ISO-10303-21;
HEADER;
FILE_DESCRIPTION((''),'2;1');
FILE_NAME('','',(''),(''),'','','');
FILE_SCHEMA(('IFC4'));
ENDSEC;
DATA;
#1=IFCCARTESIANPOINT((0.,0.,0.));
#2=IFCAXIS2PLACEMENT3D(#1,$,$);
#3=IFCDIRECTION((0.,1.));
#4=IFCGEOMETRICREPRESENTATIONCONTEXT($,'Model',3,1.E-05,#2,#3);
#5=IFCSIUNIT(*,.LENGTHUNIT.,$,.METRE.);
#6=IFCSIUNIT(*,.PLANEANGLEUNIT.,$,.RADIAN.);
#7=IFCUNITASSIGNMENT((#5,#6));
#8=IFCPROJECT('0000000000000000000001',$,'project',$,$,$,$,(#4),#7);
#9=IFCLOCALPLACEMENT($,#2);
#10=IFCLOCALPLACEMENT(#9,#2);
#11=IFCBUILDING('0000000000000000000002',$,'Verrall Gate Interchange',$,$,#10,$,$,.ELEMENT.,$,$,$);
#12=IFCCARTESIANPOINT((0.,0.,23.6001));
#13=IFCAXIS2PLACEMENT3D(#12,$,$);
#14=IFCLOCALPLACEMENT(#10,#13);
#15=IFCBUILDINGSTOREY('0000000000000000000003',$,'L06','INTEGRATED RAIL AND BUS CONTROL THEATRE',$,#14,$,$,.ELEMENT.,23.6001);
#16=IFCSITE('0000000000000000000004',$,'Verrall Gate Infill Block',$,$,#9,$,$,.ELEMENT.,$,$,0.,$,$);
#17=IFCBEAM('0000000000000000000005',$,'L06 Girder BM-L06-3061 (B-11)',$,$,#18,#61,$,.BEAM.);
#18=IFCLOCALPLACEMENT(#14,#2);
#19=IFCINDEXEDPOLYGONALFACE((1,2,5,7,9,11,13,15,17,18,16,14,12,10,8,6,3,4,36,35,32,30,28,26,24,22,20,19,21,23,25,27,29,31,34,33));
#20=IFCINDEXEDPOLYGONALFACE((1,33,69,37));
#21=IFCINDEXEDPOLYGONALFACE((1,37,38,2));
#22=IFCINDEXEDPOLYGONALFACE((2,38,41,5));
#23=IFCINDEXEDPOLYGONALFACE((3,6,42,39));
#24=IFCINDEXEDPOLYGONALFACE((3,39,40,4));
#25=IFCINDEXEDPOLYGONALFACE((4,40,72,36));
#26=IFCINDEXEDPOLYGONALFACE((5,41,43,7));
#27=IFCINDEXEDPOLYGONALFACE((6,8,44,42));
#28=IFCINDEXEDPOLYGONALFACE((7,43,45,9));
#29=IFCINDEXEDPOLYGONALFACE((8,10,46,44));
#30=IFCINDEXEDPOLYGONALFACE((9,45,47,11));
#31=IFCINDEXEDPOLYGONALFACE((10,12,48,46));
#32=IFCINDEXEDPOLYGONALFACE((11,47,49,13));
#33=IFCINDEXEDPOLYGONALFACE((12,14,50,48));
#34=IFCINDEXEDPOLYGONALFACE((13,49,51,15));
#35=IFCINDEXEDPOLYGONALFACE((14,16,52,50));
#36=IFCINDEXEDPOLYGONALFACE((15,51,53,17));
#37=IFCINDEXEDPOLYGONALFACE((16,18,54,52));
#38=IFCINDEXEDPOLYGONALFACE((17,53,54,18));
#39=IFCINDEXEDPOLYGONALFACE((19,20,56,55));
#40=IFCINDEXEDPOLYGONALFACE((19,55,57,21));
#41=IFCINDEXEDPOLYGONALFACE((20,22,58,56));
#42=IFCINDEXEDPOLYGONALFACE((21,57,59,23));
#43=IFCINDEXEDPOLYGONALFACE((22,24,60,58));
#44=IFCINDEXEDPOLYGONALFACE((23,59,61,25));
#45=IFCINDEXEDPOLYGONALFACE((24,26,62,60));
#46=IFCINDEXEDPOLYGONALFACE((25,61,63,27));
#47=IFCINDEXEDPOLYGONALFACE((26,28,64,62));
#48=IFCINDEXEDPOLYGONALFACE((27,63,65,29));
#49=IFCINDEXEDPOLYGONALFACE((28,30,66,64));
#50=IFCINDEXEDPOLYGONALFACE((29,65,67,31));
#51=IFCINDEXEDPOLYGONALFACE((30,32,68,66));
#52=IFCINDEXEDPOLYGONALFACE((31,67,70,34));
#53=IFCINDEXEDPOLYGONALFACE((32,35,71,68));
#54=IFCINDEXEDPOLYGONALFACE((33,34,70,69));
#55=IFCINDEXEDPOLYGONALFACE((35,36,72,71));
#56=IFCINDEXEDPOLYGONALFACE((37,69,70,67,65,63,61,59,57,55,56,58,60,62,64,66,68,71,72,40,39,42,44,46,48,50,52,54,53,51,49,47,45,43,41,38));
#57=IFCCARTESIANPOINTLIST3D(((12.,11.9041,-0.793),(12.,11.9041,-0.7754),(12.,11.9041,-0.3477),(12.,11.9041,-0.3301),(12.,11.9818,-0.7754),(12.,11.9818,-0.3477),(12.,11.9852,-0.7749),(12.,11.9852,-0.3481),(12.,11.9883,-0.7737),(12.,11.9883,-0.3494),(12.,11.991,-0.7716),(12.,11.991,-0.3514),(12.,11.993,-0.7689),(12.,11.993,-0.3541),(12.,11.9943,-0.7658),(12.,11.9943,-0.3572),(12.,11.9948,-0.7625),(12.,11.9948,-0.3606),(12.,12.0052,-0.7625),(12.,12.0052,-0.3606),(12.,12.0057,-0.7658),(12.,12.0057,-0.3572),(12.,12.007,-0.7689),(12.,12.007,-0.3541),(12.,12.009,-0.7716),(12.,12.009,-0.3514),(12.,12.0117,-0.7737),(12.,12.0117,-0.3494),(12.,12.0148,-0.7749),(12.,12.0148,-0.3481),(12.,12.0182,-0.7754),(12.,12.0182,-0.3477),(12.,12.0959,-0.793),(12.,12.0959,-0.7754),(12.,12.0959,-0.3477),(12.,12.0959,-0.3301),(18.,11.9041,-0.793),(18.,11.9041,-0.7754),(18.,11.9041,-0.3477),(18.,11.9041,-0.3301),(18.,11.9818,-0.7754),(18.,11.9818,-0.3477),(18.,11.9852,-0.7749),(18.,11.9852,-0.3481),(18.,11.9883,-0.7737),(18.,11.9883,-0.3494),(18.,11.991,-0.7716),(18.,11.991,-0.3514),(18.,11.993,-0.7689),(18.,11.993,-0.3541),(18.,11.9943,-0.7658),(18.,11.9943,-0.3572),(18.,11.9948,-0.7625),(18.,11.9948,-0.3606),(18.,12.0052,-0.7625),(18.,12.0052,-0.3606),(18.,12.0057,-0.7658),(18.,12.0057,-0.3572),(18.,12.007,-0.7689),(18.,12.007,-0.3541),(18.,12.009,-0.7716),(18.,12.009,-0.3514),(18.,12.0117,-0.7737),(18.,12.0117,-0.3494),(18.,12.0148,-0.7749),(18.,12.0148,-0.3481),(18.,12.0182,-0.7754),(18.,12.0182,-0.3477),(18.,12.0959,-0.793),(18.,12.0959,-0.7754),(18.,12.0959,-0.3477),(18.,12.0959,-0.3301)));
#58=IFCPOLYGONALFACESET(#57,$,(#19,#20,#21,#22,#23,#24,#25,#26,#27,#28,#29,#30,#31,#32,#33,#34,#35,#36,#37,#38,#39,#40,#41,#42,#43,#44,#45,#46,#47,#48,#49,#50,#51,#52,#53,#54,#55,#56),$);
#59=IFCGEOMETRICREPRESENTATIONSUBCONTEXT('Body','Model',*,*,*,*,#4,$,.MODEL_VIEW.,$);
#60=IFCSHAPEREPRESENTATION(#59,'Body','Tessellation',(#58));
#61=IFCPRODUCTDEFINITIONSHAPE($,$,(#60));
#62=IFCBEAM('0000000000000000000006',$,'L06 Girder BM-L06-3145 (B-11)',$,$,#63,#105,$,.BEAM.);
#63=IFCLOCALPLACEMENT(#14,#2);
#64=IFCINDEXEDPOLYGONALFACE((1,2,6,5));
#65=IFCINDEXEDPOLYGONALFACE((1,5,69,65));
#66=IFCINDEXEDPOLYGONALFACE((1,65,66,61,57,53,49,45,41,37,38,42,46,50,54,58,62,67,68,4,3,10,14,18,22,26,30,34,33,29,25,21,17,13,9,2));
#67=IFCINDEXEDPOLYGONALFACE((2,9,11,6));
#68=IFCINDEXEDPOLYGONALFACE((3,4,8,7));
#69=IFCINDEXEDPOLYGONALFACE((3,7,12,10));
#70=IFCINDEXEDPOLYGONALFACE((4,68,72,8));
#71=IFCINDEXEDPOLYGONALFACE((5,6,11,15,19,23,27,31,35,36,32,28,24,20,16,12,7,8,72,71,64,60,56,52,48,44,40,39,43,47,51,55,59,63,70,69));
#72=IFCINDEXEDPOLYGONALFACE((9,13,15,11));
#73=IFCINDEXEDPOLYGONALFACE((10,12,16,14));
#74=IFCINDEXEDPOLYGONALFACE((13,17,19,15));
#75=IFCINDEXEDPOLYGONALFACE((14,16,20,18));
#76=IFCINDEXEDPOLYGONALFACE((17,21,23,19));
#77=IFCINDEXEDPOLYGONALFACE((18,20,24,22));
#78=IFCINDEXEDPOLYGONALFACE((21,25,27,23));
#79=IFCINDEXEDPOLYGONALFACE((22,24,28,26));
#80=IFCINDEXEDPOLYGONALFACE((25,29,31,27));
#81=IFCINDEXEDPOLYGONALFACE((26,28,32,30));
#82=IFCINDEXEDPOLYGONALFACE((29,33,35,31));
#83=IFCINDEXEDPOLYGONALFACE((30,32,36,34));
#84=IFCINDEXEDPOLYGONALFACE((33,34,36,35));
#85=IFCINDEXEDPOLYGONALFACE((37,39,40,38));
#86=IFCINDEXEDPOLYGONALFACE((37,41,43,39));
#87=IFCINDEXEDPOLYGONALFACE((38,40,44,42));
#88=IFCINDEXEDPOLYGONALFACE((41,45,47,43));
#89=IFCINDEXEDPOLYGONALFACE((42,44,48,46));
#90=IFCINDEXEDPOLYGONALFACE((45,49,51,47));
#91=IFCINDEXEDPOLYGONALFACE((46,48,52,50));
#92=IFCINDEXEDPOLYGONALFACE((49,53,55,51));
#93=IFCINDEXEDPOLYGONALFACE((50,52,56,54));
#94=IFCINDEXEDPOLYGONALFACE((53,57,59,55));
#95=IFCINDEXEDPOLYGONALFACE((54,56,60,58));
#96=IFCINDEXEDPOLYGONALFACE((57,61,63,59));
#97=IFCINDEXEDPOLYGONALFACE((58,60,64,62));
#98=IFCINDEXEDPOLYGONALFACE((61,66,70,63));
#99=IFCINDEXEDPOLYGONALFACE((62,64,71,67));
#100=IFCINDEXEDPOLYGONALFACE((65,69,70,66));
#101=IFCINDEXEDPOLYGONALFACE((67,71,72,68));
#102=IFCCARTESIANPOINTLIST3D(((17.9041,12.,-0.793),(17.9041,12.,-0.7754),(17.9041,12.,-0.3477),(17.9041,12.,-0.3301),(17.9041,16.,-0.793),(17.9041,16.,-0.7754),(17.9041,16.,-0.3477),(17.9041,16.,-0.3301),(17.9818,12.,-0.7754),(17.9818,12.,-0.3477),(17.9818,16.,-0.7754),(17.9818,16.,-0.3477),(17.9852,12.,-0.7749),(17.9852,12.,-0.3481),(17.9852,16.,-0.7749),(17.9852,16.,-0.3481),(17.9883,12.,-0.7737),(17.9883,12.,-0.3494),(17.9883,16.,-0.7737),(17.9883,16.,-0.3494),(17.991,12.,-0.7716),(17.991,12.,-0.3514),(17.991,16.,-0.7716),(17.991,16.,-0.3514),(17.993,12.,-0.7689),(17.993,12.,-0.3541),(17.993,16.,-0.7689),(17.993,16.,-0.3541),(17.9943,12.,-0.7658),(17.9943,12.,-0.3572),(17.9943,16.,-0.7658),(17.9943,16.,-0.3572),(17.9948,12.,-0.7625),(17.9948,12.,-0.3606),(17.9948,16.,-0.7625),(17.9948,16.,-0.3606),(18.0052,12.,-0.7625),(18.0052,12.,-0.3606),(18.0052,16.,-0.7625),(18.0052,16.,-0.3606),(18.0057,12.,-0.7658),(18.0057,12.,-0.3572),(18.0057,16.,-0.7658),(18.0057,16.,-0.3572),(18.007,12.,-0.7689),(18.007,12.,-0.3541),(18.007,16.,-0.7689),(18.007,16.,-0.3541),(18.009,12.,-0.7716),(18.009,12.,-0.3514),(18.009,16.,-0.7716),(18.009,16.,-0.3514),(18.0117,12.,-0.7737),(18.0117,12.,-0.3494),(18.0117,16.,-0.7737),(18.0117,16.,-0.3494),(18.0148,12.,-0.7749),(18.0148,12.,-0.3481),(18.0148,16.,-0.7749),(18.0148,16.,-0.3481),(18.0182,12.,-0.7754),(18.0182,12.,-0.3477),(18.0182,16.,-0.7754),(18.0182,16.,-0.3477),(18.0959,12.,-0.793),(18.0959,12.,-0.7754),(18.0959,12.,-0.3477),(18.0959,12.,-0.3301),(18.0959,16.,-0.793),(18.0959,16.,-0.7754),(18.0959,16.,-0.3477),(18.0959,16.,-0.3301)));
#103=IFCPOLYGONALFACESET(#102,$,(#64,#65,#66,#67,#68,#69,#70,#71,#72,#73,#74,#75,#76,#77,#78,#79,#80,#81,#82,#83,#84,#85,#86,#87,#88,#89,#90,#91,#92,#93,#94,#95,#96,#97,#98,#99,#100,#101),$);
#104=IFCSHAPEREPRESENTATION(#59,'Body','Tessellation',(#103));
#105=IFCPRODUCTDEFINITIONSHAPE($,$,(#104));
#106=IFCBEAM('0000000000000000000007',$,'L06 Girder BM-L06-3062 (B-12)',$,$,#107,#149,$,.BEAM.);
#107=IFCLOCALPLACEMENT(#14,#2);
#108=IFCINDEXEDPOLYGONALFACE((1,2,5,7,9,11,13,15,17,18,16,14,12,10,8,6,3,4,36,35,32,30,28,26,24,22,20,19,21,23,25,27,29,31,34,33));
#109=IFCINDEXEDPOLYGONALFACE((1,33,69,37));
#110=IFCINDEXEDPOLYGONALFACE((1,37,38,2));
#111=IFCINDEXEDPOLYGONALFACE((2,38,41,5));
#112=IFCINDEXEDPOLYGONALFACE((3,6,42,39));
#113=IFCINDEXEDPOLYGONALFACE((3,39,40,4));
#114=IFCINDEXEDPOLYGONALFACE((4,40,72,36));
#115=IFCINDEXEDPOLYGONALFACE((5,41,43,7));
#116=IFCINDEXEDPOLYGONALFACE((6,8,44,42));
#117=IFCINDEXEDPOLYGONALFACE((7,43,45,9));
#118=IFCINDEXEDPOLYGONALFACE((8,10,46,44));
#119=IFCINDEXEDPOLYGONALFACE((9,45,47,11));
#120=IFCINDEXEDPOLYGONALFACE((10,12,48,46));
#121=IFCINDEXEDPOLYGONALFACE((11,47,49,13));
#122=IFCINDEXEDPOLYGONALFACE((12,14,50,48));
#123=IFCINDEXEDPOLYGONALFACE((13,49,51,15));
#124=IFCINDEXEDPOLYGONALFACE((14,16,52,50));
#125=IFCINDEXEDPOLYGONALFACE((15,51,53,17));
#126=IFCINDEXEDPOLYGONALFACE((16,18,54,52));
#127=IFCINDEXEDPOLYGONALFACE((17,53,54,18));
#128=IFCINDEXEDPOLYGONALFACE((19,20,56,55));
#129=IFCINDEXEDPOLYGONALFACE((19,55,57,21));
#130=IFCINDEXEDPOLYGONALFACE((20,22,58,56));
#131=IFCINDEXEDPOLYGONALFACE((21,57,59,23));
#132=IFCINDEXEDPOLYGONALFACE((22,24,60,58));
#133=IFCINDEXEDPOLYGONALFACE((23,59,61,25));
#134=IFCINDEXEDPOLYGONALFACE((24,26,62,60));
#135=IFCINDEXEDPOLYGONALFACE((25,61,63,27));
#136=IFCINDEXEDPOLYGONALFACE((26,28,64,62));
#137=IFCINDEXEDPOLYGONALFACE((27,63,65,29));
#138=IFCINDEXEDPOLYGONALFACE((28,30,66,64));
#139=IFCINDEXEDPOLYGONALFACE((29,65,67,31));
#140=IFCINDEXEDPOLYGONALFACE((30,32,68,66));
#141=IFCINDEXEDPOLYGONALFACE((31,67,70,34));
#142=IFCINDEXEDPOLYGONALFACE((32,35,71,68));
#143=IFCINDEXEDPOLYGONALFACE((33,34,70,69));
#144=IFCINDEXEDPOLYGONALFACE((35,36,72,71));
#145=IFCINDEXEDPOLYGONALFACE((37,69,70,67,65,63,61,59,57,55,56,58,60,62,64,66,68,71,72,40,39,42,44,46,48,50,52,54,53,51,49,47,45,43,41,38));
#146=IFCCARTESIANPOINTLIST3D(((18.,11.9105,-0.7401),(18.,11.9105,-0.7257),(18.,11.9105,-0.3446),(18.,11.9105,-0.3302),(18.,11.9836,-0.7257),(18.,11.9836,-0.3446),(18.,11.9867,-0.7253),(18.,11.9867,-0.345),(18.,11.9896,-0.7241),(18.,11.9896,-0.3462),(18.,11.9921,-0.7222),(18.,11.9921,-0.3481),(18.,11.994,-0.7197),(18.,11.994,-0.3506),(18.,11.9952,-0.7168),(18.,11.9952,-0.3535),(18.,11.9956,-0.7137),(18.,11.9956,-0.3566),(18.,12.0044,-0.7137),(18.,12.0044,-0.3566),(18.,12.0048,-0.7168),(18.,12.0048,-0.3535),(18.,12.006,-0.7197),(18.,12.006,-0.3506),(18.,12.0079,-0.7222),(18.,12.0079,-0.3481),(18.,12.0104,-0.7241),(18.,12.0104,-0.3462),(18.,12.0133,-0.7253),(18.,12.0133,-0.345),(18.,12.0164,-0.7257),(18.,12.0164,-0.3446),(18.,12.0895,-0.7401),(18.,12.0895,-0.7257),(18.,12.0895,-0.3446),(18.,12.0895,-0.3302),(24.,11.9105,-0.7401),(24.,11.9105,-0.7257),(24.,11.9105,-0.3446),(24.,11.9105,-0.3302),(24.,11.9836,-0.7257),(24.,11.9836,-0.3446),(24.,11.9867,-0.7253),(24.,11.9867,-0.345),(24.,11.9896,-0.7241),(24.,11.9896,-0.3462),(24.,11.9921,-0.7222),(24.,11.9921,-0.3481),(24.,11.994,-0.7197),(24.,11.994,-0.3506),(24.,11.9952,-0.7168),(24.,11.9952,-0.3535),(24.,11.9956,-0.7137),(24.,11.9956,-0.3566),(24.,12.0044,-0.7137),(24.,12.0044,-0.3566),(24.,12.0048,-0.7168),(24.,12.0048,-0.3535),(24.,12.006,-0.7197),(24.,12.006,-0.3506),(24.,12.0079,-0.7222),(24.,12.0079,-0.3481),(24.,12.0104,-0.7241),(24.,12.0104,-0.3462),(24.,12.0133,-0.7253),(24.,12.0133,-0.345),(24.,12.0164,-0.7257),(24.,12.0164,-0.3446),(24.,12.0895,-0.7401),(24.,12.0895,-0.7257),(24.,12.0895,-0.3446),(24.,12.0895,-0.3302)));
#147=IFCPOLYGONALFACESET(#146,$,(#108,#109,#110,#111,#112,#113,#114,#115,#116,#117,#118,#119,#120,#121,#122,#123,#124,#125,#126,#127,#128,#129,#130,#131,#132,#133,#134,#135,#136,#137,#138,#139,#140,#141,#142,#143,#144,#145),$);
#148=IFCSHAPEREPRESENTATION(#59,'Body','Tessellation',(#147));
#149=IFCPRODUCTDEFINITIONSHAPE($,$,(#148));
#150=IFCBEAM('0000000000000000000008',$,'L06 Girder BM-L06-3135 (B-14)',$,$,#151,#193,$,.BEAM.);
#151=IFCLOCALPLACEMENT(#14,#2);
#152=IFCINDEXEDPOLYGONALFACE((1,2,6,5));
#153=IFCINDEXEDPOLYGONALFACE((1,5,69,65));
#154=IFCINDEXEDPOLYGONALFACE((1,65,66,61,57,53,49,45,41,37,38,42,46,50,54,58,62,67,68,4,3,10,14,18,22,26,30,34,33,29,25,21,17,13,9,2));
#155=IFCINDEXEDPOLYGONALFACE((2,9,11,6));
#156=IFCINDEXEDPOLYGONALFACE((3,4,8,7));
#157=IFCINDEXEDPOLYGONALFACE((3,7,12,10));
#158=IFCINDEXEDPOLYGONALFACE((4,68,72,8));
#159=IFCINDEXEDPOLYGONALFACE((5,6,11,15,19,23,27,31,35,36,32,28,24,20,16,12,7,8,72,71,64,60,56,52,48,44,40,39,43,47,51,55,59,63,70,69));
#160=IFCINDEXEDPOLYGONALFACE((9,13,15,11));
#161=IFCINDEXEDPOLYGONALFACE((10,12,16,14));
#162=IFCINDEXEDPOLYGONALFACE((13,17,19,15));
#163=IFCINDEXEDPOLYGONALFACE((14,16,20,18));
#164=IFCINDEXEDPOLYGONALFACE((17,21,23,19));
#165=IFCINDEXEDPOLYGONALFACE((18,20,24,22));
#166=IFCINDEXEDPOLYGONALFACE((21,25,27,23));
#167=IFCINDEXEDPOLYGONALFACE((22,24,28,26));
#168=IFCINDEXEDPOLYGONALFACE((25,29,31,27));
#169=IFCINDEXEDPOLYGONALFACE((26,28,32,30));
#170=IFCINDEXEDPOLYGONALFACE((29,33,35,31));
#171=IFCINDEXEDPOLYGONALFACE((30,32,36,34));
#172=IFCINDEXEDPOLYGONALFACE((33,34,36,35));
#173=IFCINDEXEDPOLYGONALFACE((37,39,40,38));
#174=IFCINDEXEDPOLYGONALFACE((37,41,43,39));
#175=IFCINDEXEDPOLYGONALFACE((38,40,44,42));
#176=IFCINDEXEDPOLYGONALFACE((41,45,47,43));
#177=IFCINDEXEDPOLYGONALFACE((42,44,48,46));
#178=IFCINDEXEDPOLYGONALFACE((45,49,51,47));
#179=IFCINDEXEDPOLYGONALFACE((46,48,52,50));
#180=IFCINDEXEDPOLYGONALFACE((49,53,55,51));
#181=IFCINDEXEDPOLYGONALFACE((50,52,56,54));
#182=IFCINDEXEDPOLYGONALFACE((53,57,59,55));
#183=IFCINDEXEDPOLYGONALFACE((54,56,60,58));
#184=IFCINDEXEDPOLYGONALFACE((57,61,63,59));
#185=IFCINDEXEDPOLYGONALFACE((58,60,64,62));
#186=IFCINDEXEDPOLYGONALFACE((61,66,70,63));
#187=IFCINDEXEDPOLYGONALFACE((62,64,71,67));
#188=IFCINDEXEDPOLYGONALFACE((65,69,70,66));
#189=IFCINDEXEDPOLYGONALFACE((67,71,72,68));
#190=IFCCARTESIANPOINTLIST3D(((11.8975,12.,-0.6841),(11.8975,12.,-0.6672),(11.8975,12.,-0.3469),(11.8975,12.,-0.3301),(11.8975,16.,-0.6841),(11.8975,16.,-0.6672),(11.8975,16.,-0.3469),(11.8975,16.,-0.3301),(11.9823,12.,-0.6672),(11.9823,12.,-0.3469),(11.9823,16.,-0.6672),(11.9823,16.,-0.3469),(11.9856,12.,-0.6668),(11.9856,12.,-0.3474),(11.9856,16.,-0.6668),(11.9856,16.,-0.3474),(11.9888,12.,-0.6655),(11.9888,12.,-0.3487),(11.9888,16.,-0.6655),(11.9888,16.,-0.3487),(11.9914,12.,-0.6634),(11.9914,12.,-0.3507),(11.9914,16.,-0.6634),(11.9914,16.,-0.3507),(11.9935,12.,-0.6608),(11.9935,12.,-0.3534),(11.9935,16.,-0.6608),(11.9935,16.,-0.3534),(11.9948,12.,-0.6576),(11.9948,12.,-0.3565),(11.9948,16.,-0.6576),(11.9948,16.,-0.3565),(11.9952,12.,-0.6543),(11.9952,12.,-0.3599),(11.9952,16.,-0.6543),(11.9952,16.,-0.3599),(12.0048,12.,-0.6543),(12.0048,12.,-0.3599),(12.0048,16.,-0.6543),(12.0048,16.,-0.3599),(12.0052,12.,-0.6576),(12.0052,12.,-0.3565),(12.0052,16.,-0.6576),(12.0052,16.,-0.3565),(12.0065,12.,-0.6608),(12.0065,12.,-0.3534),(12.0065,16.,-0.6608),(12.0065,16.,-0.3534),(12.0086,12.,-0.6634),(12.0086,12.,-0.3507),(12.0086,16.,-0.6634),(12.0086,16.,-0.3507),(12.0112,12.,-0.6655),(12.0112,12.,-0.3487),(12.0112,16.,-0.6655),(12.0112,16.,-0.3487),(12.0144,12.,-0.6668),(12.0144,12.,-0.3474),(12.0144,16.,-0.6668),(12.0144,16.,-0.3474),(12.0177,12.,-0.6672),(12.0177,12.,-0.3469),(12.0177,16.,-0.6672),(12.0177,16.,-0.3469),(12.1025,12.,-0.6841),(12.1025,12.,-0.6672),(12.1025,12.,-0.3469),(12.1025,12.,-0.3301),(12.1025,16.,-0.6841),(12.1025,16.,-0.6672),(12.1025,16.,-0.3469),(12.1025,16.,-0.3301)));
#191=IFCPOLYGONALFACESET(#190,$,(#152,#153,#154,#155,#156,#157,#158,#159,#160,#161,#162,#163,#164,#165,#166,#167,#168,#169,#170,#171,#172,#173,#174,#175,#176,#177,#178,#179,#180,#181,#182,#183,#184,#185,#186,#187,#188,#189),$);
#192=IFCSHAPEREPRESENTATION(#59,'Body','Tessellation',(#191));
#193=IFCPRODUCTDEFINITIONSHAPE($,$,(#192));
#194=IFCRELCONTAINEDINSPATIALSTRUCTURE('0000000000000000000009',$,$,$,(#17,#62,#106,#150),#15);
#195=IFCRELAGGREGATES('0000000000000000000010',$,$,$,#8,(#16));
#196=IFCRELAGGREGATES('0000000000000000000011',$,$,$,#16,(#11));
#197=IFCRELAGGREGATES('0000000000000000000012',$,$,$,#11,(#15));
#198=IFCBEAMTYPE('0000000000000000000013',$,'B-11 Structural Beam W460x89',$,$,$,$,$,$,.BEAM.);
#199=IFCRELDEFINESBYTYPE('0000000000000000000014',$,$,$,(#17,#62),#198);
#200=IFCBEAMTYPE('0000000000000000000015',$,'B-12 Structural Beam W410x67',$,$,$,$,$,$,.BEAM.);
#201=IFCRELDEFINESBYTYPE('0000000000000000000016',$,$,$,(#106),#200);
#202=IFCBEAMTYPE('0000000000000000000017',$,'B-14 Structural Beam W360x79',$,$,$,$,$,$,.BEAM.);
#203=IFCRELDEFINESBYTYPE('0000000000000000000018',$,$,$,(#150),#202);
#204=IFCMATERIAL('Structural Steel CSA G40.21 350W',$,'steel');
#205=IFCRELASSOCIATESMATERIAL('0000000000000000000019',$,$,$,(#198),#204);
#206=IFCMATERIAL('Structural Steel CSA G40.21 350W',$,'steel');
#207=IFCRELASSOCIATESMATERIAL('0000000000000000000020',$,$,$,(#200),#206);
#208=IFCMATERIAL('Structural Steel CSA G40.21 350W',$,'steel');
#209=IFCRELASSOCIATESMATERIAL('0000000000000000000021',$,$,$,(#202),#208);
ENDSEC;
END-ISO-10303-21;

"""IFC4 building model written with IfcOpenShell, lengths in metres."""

from ifc_helpers import new_model, si_unit, direction, frame, origin, origin_2d, place, context, subcontext, project, spatial, i_section, extrude, material, material_profile, profile_set, type_object, element, save


model = new_model("IFC4")

# Units and contexts
model_context = context("Model", 3, precision=1e-05, world=origin(), true_north=direction((0.0, 1.0)))
body_context = subcontext(model_context, "Body", "Model", "MODEL_VIEW")
ifc_project = project(units=[si_unit("LENGTHUNIT", "METRE"), si_unit("PLANEANGLEUNIT", "RADIAN")], contexts=[model_context])

# Site, building, storey
site_placement = place(None, origin())
site = spatial("IfcSite", under=ifc_project, at=site_placement, Name="Verrall Gate Infill Block", CompositionType="ELEMENT", RefElevation=0.0)
building_placement = place(site_placement, origin())
building = spatial("IfcBuilding", under=site, at=building_placement, Name="Verrall Gate Interchange", CompositionType="ELEMENT")
storey_placement = place(building_placement, frame((0.0, 0.0, 23.6001)))
storey = spatial("IfcBuildingStorey", under=building, at=storey_placement, Name="L06", Description="INTEGRATED RAIL AND BUS CONTROL THEATRE", CompositionType="ELEMENT", Elevation=23.6001)

# Beams
ifc_material_1 = material(Name="Structural Steel CSA G40.21 350W", Category="steel")
ifc_material_profile_1 = material_profile(ifc_material_1, i_section(OverallWidth=0.1919, OverallDepth=0.4629, WebThickness=0.0105, FlangeThickness=0.0176, FilletRadius=0.0129, at=origin_2d()), Name="W460x89")
ifc_profile_set_1 = profile_set([ifc_material_profile_1], Name="Structural Steel CSA G40.21 350W")
beam_type_1 = type_object("IfcBeamType", Name="B-11 Structural Beam W460x89", PredefinedType="BEAM", material=ifc_profile_set_1)
beam_1_placement = place(storey_placement, frame((12.0, 12.0, -0.5615), z_axis=(1.0, 0.0, 0.0), x_axis=(0.0, 1.0, 0.0)))
element("IfcBeam", 1, at=beam_1_placement, inside=storey, type_object=beam_type_1, Name="L06 Girder BM-L06-3061 (B-11)", PredefinedType="BEAM", context=body_context, shape_type="SweptSolid", body=[
    extrude(i_section(OverallWidth=0.1919, OverallDepth=0.4629, WebThickness=0.0105, FlangeThickness=0.0176, FilletRadius=0.0129, at=origin_2d()), origin(), (0.0, 0.0, 1.0), 6.0),
])
beam_2_placement = place(storey_placement, frame((18.0, 12.0, -0.5615), z_axis=(0.0, 1.0, 0.0), x_axis=(-1.0, 0.0, 0.0)))
element("IfcBeam", 2, at=beam_2_placement, inside=storey, type_object=beam_type_1, Name="L06 Girder BM-L06-3145 (B-11)", PredefinedType="BEAM", context=body_context, shape_type="SweptSolid", body=[
    extrude(i_section(OverallWidth=0.1919, OverallDepth=0.4629, WebThickness=0.0105, FlangeThickness=0.0176, FilletRadius=0.0129, at=origin_2d()), origin(), (0.0, 0.0, 1.0), 4.0),
])
ifc_material_2 = material(Name="Structural Steel CSA G40.21 350W", Category="steel")
ifc_material_profile_2 = material_profile(ifc_material_2, i_section(OverallWidth=0.179, OverallDepth=0.4099, WebThickness=0.0088, FlangeThickness=0.0144, FilletRadius=0.012, at=origin_2d()), Name="W410x67")
ifc_profile_set_2 = profile_set([ifc_material_profile_2], Name="Structural Steel CSA G40.21 350W")
beam_type_2 = type_object("IfcBeamType", Name="B-12 Structural Beam W410x67", PredefinedType="BEAM", material=ifc_profile_set_2)
beam_3_placement = place(storey_placement, frame((18.0, 12.0, -0.5352), z_axis=(1.0, 0.0, 0.0), x_axis=(0.0, 1.0, 0.0)))
element("IfcBeam", 3, at=beam_3_placement, inside=storey, type_object=beam_type_2, Name="L06 Girder BM-L06-3062 (B-12)", PredefinedType="BEAM", context=body_context, shape_type="SweptSolid", body=[
    extrude(i_section(OverallWidth=0.179, OverallDepth=0.4099, WebThickness=0.0088, FlangeThickness=0.0144, FilletRadius=0.012, at=origin_2d()), origin(), (0.0, 0.0, 1.0), 6.0),
])
ifc_material_3 = material(Name="Structural Steel CSA G40.21 350W", Category="steel")
ifc_material_profile_3 = material_profile(ifc_material_3, i_section(OverallWidth=0.2051, OverallDepth=0.354, WebThickness=0.0095, FlangeThickness=0.0168, FilletRadius=0.0129, at=origin_2d()), Name="W360x79")
ifc_profile_set_3 = profile_set([ifc_material_profile_3], Name="Structural Steel CSA G40.21 350W")
beam_type_3 = type_object("IfcBeamType", Name="B-14 Structural Beam W360x79", PredefinedType="BEAM", material=ifc_profile_set_3)
beam_4_placement = place(storey_placement, frame((12.0, 12.0, -0.5071), z_axis=(0.0, 1.0, 0.0), x_axis=(-1.0, 0.0, 0.0)))
element("IfcBeam", 4, at=beam_4_placement, inside=storey, type_object=beam_type_3, Name="L06 Girder BM-L06-3135 (B-14)", PredefinedType="BEAM", context=body_context, shape_type="SweptSolid", body=[
    extrude(i_section(OverallWidth=0.2051, OverallDepth=0.354, WebThickness=0.0095, FlangeThickness=0.0168, FilletRadius=0.0129, at=origin_2d()), origin(), (0.0, 0.0, 1.0), 4.0),
])

save(model, "model.ifc")
